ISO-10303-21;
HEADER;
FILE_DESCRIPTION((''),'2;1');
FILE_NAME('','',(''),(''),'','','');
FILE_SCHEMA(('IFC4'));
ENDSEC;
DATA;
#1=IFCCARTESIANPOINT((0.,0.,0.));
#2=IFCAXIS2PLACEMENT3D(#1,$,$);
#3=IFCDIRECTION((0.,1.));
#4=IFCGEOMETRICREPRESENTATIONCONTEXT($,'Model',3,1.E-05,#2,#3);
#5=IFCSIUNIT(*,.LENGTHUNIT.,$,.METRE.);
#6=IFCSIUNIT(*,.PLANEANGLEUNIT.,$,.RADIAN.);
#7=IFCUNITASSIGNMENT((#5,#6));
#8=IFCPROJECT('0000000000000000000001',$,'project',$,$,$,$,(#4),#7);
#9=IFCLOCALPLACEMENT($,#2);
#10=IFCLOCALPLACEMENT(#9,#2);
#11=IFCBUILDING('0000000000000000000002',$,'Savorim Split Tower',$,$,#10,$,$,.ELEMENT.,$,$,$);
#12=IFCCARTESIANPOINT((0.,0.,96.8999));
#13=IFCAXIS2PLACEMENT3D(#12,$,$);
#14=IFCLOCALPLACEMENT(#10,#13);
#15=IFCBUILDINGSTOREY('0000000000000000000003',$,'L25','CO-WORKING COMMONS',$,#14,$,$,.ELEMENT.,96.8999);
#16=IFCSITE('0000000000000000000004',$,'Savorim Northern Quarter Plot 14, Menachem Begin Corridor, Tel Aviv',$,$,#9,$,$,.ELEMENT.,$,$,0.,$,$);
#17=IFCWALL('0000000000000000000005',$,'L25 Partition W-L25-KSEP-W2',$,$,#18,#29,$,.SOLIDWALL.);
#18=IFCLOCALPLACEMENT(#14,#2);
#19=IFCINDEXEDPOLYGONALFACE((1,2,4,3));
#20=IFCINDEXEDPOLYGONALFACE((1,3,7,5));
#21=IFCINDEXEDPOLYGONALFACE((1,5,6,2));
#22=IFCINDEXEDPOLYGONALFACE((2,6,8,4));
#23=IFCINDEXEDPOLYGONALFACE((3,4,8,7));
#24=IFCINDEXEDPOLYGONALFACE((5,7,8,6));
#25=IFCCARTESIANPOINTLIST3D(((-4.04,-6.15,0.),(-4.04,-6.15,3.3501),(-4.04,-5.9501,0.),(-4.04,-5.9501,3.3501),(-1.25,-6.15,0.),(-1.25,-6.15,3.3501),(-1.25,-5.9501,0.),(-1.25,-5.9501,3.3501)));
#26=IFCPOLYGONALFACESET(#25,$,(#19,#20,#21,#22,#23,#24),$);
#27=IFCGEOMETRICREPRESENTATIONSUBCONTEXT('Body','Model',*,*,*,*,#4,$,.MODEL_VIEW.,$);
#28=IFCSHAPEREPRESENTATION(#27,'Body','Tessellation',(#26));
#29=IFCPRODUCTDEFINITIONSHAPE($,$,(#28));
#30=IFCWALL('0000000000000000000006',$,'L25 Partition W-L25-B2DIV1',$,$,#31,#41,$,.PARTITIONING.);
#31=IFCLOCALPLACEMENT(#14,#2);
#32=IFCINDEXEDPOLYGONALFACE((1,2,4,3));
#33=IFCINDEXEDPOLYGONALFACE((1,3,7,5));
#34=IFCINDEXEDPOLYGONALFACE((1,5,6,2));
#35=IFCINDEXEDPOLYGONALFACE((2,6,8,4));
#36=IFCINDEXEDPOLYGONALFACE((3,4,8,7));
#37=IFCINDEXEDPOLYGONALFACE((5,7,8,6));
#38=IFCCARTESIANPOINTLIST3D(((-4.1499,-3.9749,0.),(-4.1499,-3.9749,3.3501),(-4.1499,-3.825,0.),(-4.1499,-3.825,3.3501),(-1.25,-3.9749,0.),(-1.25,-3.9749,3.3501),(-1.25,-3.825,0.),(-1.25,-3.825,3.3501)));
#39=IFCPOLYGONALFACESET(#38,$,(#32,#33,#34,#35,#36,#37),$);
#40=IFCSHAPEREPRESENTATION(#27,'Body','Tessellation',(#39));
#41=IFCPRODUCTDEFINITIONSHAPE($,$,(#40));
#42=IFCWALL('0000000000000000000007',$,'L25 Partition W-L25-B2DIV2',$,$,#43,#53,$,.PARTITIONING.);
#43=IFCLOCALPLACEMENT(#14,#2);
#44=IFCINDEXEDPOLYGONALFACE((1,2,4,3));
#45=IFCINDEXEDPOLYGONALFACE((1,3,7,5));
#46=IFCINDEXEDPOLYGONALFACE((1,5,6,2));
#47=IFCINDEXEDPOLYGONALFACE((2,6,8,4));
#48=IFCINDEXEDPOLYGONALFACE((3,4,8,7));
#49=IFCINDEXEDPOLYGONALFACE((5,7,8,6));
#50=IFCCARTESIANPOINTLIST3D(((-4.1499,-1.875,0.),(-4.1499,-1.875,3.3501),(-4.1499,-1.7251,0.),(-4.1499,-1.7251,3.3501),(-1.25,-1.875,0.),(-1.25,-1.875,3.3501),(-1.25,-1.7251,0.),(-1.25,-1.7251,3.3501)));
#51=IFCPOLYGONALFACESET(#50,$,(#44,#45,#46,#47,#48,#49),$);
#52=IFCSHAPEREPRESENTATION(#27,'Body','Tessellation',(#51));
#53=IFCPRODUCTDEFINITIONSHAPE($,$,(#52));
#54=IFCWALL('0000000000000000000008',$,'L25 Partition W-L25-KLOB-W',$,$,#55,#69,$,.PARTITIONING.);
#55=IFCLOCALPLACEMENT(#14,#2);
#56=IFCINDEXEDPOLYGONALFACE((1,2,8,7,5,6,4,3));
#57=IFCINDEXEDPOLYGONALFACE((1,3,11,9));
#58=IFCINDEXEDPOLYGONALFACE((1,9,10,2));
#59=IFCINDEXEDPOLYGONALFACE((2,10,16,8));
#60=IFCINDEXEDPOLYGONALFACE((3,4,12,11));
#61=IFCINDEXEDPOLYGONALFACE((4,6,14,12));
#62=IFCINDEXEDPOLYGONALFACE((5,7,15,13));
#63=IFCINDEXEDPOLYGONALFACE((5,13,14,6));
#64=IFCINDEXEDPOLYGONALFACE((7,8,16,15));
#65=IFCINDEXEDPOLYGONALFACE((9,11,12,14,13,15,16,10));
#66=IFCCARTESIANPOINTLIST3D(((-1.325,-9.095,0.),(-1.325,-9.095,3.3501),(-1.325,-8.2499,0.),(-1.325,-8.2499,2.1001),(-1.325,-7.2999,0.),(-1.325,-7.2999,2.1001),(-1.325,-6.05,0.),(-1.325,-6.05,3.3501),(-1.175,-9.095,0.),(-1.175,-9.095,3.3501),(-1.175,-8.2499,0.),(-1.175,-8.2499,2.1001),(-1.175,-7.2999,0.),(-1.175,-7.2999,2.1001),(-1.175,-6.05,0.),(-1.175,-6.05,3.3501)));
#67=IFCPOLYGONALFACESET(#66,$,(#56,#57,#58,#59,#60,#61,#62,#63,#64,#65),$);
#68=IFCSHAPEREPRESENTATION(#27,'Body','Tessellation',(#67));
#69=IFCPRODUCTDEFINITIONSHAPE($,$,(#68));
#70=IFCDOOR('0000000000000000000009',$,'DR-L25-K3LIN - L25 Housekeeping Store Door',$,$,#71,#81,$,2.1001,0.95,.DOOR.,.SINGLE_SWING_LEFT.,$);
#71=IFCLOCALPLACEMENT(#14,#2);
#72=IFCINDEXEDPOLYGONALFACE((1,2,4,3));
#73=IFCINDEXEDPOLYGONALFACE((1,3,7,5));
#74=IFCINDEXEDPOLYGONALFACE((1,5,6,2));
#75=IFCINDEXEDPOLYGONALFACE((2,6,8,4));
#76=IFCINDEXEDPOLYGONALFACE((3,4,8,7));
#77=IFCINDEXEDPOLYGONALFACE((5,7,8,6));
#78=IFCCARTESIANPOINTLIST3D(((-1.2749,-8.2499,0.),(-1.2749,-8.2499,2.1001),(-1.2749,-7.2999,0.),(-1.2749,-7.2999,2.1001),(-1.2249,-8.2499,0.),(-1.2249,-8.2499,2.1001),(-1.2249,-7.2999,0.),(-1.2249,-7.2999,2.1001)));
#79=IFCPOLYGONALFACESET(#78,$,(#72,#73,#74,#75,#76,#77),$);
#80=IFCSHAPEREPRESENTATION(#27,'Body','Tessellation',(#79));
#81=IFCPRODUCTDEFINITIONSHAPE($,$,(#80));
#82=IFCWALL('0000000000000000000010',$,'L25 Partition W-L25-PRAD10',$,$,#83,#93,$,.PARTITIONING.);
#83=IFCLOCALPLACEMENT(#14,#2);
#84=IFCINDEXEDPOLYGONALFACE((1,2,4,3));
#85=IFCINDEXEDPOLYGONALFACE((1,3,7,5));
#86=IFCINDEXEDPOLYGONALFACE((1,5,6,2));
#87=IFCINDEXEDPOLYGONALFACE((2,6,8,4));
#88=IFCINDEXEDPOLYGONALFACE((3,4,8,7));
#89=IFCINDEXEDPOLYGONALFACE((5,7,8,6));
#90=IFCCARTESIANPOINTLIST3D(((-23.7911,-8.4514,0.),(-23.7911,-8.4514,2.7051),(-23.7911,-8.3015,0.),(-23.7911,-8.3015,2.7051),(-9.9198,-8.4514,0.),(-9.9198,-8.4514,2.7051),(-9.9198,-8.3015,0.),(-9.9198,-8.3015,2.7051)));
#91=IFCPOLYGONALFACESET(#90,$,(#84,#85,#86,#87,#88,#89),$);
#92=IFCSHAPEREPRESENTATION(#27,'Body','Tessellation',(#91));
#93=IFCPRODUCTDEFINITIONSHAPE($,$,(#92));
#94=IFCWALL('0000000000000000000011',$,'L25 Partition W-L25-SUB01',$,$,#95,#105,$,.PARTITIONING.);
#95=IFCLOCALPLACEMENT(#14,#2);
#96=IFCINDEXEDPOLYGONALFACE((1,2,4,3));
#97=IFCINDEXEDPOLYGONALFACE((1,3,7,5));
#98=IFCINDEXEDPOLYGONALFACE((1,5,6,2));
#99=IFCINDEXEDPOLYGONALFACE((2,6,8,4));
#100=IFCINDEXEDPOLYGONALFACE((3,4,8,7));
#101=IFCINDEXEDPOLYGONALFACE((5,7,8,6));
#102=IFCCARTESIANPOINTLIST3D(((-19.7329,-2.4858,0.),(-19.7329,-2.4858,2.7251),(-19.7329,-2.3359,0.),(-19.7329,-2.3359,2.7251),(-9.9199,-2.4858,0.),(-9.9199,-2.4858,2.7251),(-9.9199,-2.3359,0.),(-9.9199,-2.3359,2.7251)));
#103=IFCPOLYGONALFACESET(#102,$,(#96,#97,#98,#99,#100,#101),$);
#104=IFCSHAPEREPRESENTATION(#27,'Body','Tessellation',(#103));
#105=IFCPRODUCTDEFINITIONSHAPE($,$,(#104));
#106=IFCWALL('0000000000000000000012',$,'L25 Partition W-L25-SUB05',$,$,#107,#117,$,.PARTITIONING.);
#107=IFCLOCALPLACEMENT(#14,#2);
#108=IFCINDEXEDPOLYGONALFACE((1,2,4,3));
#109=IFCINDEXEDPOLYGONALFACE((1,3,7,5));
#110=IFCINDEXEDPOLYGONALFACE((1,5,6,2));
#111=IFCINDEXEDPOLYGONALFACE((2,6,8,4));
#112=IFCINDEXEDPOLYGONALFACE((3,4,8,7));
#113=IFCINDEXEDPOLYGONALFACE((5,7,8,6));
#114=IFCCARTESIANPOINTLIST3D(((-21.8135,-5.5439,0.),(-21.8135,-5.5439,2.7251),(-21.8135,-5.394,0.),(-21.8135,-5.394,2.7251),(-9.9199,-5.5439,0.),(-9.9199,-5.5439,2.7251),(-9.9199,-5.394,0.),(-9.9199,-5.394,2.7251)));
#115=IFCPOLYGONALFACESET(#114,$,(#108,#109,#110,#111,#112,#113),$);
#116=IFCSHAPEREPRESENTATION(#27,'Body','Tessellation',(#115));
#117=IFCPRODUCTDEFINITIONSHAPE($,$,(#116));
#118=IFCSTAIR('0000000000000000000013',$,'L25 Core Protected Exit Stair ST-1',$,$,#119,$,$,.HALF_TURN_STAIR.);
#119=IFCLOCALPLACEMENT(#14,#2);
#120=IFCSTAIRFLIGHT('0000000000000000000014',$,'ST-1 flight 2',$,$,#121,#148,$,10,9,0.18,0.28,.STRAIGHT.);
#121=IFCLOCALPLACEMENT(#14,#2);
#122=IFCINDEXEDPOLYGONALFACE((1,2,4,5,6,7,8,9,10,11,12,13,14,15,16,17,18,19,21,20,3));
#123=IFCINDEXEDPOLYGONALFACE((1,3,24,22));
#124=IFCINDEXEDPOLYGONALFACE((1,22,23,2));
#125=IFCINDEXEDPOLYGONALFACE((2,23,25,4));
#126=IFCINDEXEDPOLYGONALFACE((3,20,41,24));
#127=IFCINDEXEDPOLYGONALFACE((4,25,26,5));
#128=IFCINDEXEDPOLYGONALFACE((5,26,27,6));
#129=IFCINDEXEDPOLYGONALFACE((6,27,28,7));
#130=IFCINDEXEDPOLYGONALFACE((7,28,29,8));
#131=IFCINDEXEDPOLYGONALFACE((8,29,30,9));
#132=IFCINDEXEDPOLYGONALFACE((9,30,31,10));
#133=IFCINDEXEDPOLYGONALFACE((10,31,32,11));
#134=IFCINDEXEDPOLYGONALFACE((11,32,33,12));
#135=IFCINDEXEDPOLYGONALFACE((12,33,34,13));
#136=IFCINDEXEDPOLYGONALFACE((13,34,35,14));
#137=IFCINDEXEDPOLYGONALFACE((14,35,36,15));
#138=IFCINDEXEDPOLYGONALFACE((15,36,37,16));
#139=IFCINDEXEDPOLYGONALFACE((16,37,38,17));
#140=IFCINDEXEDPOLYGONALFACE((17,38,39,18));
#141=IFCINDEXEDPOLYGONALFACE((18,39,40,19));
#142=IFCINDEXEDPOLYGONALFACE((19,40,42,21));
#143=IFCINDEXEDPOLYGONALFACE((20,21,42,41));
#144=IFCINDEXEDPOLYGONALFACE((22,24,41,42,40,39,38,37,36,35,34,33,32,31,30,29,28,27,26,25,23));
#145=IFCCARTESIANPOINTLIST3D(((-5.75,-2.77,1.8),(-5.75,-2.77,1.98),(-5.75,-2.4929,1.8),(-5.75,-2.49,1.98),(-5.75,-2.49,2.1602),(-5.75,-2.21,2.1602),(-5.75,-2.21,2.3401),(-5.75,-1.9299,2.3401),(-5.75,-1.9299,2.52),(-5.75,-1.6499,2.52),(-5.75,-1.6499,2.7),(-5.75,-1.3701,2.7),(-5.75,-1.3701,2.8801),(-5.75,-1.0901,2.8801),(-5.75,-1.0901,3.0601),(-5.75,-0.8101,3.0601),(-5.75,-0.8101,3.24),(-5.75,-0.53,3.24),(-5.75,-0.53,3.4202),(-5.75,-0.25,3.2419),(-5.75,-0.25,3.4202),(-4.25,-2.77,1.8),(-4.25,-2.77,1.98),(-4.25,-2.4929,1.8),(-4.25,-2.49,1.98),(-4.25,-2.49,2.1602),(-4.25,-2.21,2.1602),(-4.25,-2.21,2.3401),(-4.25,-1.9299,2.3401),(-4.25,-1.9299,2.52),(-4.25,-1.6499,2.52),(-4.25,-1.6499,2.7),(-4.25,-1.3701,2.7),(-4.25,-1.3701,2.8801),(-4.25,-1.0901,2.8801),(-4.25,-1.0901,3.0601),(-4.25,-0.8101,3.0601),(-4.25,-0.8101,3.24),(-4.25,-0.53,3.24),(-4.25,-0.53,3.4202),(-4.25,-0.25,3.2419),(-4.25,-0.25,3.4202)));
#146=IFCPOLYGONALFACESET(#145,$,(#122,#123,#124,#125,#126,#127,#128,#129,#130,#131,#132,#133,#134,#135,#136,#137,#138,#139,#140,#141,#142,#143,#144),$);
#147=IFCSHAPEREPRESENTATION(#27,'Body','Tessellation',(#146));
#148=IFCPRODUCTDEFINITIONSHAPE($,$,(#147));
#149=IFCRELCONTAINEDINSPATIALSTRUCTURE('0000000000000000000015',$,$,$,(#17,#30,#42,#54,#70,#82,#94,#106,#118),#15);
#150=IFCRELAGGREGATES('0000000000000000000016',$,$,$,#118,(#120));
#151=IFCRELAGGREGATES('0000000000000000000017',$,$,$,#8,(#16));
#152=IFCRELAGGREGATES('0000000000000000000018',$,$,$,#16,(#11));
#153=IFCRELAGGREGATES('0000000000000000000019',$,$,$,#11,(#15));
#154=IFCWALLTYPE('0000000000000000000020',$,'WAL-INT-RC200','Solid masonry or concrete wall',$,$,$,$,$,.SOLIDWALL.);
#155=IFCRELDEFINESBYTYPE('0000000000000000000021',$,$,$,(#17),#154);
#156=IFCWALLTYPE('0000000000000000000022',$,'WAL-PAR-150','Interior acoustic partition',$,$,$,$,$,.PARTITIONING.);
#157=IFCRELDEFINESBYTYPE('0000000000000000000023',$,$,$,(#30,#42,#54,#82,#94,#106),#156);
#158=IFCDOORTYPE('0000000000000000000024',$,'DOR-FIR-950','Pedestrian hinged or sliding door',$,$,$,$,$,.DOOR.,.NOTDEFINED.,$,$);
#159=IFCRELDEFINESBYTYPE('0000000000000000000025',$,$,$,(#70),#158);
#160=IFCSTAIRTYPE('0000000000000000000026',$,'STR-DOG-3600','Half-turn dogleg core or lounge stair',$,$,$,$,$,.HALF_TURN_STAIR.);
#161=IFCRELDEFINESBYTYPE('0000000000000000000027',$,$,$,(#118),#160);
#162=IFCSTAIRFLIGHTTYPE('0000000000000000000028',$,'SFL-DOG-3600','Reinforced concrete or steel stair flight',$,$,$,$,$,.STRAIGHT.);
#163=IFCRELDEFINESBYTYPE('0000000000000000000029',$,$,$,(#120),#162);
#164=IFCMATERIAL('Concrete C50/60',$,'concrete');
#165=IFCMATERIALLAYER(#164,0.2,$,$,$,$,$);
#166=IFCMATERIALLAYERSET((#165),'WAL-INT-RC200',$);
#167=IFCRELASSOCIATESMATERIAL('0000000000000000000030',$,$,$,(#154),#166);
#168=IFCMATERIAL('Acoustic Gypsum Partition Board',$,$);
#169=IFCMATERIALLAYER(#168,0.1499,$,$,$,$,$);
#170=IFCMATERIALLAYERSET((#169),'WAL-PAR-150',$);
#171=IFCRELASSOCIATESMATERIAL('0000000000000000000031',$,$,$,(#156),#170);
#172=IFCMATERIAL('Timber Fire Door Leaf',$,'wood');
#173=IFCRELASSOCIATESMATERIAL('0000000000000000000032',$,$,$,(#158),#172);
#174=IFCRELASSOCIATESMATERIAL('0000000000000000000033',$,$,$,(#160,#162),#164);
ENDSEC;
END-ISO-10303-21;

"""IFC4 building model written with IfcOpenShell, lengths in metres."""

from ifc_helpers import new_model, si_unit, direction, frame, frame_2d, origin, place, context, subcontext, project, spatial, polyline, rectangle, outline, extrude, material, layer, layer_set, type_object, element, fill, aggregate, save


model = new_model("IFC4")

# Units and contexts
model_context = context("Model", 3, precision=1e-05, world=origin(), true_north=direction((0.0, 1.0)))
body_context = subcontext(model_context, "Body", "Model", "MODEL_VIEW")
ifc_project = project(units=[si_unit("LENGTHUNIT", "METRE"), si_unit("PLANEANGLEUNIT", "RADIAN")], contexts=[model_context])

# Site, building, storey
site_placement = place(None, origin())
site = spatial("IfcSite", under=ifc_project, at=site_placement, Name="Savorim Northern Quarter Plot 14, Menachem Begin Corridor, Tel Aviv", CompositionType="ELEMENT", RefElevation=0.0)
building_placement = place(site_placement, origin())
building = spatial("IfcBuilding", under=site, at=building_placement, Name="Savorim Split Tower", CompositionType="ELEMENT")
storey_placement = place(building_placement, frame((0.0, 0.0, 96.8999)))
storey = spatial("IfcBuildingStorey", under=building, at=storey_placement, Name="L25", Description="CO-WORKING COMMONS", CompositionType="ELEMENT", Elevation=96.8999)

# Shared definitions
ifc_material_1 = material(Name="Timber Fire Door Leaf", Category="wood")

# Shared definitions
ifc_material_2 = material(Name="Concrete C50/60", Category="concrete")
ifc_layer_1 = layer(ifc_material_2, 0.2)
ifc_layer_set_1 = layer_set([ifc_layer_1], Name="WAL-INT-RC200")
wall_type_1 = type_object("IfcWallType", Name="WAL-INT-RC200", Description="Solid masonry or concrete wall", PredefinedType="SOLIDWALL", material=ifc_layer_set_1)

# Walls
wall_1_placement = place(storey_placement, frame((-4.04, -6.05, 0.0), z_axis=(0.0, 0.0, 1.0), x_axis=(1.0, 0.0, 0.0)))
element("IfcWall", 1, at=wall_1_placement, inside=storey, type_object=wall_type_1, Name="L25 Partition W-L25-KSEP-W2", PredefinedType="SOLIDWALL", context=body_context, shape_type="SweptSolid", body=[
    extrude(rectangle(XDim=2.79, YDim=0.2, at=frame_2d((1.395, 0.0))), origin(), (0.0, 0.0, 1.0), 3.3501),
])
ifc_material_3 = material(Name="Acoustic Gypsum Partition Board")
ifc_layer_2 = layer(ifc_material_3, 0.1499)
ifc_layer_set_2 = layer_set([ifc_layer_2], Name="WAL-PAR-150")
wall_type_2 = type_object("IfcWallType", Name="WAL-PAR-150", Description="Interior acoustic partition", PredefinedType="PARTITIONING", material=ifc_layer_set_2)
for number, where, z_axis, x_axis, name in (
    (2, (-4.1499, -3.8999, 0.0), (0.0, 0.0, 1.0), (1.0, 0.0, 0.0), "L25 Partition W-L25-B2DIV1"),
    (3, (-4.1499, -1.8, 0.0), (0.0, 0.0, 1.0), (1.0, 0.0, 0.0), "L25 Partition W-L25-B2DIV2"),
):
    element("IfcWall", number, at=place(storey_placement, frame(where, z_axis=z_axis, x_axis=x_axis)), inside=storey, type_object=wall_type_2, Name=name, PredefinedType="PARTITIONING", context=body_context, shape_type="SweptSolid", body=[
        extrude(rectangle(XDim=2.8999, YDim=0.1499, at=frame_2d((1.45, 0.0))), origin(), (0.0, 0.0, 1.0), 3.3501),
    ])

# Wall, opening, door
wall_2_placement = place(storey_placement, frame((-1.25, -9.095, 0.0), z_axis=(0.0, 0.0, 1.0), x_axis=(0.0, 1.0, 0.0)))
wall_2 = element("IfcWall", 4, at=wall_2_placement, inside=storey, type_object=wall_type_2, Name="L25 Partition W-L25-KLOB-W", PredefinedType="PARTITIONING", context=body_context, shape_type="SweptSolid", body=[
    extrude(rectangle(XDim=3.0449, YDim=0.1499, at=frame_2d((1.5225, 0.0))), origin(), (0.0, 0.0, 1.0), 3.3501),
])
opening_1_placement = place(wall_2_placement, frame((0.845, 0.0, 0.0)))
opening_1 = element("IfcOpeningElement", 5, at=opening_1_placement, cuts=wall_2, PredefinedType="OPENING", context=body_context, shape_type="SweptSolid", body=[
    extrude(rectangle(XDim=0.95, YDim=2.1001, at=frame_2d((0.4751, 1.05))), frame((0.0, 0.085, 0.0), z_axis=(0.0, -1.0, 0.0), x_axis=(1.0, 0.0, 0.0)), (0.0, 0.0, 1.0), 0.1699),
])
door_type_1 = type_object("IfcDoorType", Name="DOR-FIR-950", Description="Pedestrian hinged or sliding door", OperationType="NOTDEFINED", PredefinedType="DOOR", material=ifc_material_1)
door_1_placement = place(opening_1_placement, origin())
door_1 = element("IfcDoor", 6, at=door_1_placement, inside=storey, type_object=door_type_1, Name="DR-L25-K3LIN - L25 Housekeeping Store Door", OperationType="SINGLE_SWING_LEFT", OverallHeight=2.1001, OverallWidth=0.95, PredefinedType="DOOR", context=body_context, shape_type="SweptSolid", body=[
    extrude(rectangle(XDim=0.95, YDim=2.1001, at=frame_2d((0.4751, 1.05))), frame((0.0, 0.0249, 0.0), z_axis=(0.0, -1.0, 0.0), x_axis=(1.0, 0.0, 0.0)), (0.0, 0.0, 1.0), 0.05),
])
fill(opening_1, door_1)

# Walls
wall_3_placement = place(storey_placement, frame((-9.9199, -8.3765, 0.0), z_axis=(0.0, 0.0, 1.0), x_axis=(-1.0, 0.0, 0.0)))
element("IfcWall", 7, at=wall_3_placement, inside=storey, type_object=wall_type_2, Name="L25 Partition W-L25-PRAD10", PredefinedType="PARTITIONING", context=body_context, shape_type="SweptSolid", body=[
    extrude(rectangle(XDim=13.8713, YDim=0.1499, at=frame_2d((6.9355, 0.0))), origin(), (0.0, 0.0, 1.0), 2.7051),
])
wall_4_placement = place(storey_placement, frame((-9.9199, -2.4109, 0.0), z_axis=(0.0, 0.0, 1.0), x_axis=(-1.0, 0.0, 0.0)))
element("IfcWall", 8, at=wall_4_placement, inside=storey, type_object=wall_type_2, Name="L25 Partition W-L25-SUB01", PredefinedType="PARTITIONING", context=body_context, shape_type="SweptSolid", body=[
    extrude(rectangle(XDim=9.813, YDim=0.1499, at=frame_2d((4.9065, 0.0))), origin(), (0.0, 0.0, 1.0), 2.7251),
])
wall_5_placement = place(storey_placement, frame((-9.9199, -5.469, 0.0), z_axis=(0.0, 0.0, 1.0), x_axis=(-1.0, 0.0, 0.0)))
element("IfcWall", 9, at=wall_5_placement, inside=storey, type_object=wall_type_2, Name="L25 Partition W-L25-SUB05", PredefinedType="PARTITIONING", context=body_context, shape_type="SweptSolid", body=[
    extrude(rectangle(XDim=11.8936, YDim=0.1499, at=frame_2d((5.9468, 0.0))), origin(), (0.0, 0.0, 1.0), 2.7251),
])

# Stair, stair flight
stair_type = type_object("IfcStairType", Name="STR-DOG-3600", Description="Half-turn dogleg core or lounge stair", PredefinedType="HALF_TURN_STAIR", material=ifc_material_2)
stair_placement = place(storey_placement, origin())
stair = element("IfcStair", 10, at=stair_placement, inside=storey, type_object=stair_type, Name="L25 Core Protected Exit Stair ST-1", PredefinedType="HALF_TURN_STAIR")
stair_flight_type = type_object("IfcStairFlightType", Name="SFL-DOG-3600", Description="Reinforced concrete or steel stair flight", PredefinedType="STRAIGHT", material=ifc_material_2)
stair_flight_placement = place(storey_placement, frame((-5.0, -2.77, 1.8), z_axis=(0.0, 0.0, 1.0), x_axis=(0.0, 1.0, 0.0)))
stair_flight = element("IfcStairFlight", 11, at=stair_flight_placement, type_object=stair_flight_type, Name="ST-1 flight 2", NumberOfRisers=10, NumberOfTreads=9, PredefinedType="STRAIGHT", RiserHeight=0.18, TreadLength=0.28, context=body_context, shape_type="SweptSolid", body=[
    extrude(outline(polyline([(0.0, 0.0), (0.0, 0.1799), (0.28, 0.1799), (0.28, 0.3601), (0.5601, 0.3601), (0.5601, 0.54), (0.8401, 0.54), (0.8401, 0.72), (1.1201, 0.72), (1.1201, 0.8999), (1.3999, 0.8999), (1.3999, 1.0801), (1.6799, 1.0801), (1.6799, 1.26), (1.96, 1.26), (1.96, 1.4399), (2.24, 1.4399), (2.24, 1.6201), (2.52, 1.6201), (2.52, 1.8), (2.52, 1.4419), (0.2771, 0.0), (0.0, 0.0)])), frame((0.0, 0.75, 0.0), z_axis=(0.0, -1.0, 0.0), x_axis=(1.0, 0.0, 0.0)), (0.0, 0.0, 1.0), 1.5),
])
aggregate(stair, [stair_flight])

save(model, "model.ifc")
